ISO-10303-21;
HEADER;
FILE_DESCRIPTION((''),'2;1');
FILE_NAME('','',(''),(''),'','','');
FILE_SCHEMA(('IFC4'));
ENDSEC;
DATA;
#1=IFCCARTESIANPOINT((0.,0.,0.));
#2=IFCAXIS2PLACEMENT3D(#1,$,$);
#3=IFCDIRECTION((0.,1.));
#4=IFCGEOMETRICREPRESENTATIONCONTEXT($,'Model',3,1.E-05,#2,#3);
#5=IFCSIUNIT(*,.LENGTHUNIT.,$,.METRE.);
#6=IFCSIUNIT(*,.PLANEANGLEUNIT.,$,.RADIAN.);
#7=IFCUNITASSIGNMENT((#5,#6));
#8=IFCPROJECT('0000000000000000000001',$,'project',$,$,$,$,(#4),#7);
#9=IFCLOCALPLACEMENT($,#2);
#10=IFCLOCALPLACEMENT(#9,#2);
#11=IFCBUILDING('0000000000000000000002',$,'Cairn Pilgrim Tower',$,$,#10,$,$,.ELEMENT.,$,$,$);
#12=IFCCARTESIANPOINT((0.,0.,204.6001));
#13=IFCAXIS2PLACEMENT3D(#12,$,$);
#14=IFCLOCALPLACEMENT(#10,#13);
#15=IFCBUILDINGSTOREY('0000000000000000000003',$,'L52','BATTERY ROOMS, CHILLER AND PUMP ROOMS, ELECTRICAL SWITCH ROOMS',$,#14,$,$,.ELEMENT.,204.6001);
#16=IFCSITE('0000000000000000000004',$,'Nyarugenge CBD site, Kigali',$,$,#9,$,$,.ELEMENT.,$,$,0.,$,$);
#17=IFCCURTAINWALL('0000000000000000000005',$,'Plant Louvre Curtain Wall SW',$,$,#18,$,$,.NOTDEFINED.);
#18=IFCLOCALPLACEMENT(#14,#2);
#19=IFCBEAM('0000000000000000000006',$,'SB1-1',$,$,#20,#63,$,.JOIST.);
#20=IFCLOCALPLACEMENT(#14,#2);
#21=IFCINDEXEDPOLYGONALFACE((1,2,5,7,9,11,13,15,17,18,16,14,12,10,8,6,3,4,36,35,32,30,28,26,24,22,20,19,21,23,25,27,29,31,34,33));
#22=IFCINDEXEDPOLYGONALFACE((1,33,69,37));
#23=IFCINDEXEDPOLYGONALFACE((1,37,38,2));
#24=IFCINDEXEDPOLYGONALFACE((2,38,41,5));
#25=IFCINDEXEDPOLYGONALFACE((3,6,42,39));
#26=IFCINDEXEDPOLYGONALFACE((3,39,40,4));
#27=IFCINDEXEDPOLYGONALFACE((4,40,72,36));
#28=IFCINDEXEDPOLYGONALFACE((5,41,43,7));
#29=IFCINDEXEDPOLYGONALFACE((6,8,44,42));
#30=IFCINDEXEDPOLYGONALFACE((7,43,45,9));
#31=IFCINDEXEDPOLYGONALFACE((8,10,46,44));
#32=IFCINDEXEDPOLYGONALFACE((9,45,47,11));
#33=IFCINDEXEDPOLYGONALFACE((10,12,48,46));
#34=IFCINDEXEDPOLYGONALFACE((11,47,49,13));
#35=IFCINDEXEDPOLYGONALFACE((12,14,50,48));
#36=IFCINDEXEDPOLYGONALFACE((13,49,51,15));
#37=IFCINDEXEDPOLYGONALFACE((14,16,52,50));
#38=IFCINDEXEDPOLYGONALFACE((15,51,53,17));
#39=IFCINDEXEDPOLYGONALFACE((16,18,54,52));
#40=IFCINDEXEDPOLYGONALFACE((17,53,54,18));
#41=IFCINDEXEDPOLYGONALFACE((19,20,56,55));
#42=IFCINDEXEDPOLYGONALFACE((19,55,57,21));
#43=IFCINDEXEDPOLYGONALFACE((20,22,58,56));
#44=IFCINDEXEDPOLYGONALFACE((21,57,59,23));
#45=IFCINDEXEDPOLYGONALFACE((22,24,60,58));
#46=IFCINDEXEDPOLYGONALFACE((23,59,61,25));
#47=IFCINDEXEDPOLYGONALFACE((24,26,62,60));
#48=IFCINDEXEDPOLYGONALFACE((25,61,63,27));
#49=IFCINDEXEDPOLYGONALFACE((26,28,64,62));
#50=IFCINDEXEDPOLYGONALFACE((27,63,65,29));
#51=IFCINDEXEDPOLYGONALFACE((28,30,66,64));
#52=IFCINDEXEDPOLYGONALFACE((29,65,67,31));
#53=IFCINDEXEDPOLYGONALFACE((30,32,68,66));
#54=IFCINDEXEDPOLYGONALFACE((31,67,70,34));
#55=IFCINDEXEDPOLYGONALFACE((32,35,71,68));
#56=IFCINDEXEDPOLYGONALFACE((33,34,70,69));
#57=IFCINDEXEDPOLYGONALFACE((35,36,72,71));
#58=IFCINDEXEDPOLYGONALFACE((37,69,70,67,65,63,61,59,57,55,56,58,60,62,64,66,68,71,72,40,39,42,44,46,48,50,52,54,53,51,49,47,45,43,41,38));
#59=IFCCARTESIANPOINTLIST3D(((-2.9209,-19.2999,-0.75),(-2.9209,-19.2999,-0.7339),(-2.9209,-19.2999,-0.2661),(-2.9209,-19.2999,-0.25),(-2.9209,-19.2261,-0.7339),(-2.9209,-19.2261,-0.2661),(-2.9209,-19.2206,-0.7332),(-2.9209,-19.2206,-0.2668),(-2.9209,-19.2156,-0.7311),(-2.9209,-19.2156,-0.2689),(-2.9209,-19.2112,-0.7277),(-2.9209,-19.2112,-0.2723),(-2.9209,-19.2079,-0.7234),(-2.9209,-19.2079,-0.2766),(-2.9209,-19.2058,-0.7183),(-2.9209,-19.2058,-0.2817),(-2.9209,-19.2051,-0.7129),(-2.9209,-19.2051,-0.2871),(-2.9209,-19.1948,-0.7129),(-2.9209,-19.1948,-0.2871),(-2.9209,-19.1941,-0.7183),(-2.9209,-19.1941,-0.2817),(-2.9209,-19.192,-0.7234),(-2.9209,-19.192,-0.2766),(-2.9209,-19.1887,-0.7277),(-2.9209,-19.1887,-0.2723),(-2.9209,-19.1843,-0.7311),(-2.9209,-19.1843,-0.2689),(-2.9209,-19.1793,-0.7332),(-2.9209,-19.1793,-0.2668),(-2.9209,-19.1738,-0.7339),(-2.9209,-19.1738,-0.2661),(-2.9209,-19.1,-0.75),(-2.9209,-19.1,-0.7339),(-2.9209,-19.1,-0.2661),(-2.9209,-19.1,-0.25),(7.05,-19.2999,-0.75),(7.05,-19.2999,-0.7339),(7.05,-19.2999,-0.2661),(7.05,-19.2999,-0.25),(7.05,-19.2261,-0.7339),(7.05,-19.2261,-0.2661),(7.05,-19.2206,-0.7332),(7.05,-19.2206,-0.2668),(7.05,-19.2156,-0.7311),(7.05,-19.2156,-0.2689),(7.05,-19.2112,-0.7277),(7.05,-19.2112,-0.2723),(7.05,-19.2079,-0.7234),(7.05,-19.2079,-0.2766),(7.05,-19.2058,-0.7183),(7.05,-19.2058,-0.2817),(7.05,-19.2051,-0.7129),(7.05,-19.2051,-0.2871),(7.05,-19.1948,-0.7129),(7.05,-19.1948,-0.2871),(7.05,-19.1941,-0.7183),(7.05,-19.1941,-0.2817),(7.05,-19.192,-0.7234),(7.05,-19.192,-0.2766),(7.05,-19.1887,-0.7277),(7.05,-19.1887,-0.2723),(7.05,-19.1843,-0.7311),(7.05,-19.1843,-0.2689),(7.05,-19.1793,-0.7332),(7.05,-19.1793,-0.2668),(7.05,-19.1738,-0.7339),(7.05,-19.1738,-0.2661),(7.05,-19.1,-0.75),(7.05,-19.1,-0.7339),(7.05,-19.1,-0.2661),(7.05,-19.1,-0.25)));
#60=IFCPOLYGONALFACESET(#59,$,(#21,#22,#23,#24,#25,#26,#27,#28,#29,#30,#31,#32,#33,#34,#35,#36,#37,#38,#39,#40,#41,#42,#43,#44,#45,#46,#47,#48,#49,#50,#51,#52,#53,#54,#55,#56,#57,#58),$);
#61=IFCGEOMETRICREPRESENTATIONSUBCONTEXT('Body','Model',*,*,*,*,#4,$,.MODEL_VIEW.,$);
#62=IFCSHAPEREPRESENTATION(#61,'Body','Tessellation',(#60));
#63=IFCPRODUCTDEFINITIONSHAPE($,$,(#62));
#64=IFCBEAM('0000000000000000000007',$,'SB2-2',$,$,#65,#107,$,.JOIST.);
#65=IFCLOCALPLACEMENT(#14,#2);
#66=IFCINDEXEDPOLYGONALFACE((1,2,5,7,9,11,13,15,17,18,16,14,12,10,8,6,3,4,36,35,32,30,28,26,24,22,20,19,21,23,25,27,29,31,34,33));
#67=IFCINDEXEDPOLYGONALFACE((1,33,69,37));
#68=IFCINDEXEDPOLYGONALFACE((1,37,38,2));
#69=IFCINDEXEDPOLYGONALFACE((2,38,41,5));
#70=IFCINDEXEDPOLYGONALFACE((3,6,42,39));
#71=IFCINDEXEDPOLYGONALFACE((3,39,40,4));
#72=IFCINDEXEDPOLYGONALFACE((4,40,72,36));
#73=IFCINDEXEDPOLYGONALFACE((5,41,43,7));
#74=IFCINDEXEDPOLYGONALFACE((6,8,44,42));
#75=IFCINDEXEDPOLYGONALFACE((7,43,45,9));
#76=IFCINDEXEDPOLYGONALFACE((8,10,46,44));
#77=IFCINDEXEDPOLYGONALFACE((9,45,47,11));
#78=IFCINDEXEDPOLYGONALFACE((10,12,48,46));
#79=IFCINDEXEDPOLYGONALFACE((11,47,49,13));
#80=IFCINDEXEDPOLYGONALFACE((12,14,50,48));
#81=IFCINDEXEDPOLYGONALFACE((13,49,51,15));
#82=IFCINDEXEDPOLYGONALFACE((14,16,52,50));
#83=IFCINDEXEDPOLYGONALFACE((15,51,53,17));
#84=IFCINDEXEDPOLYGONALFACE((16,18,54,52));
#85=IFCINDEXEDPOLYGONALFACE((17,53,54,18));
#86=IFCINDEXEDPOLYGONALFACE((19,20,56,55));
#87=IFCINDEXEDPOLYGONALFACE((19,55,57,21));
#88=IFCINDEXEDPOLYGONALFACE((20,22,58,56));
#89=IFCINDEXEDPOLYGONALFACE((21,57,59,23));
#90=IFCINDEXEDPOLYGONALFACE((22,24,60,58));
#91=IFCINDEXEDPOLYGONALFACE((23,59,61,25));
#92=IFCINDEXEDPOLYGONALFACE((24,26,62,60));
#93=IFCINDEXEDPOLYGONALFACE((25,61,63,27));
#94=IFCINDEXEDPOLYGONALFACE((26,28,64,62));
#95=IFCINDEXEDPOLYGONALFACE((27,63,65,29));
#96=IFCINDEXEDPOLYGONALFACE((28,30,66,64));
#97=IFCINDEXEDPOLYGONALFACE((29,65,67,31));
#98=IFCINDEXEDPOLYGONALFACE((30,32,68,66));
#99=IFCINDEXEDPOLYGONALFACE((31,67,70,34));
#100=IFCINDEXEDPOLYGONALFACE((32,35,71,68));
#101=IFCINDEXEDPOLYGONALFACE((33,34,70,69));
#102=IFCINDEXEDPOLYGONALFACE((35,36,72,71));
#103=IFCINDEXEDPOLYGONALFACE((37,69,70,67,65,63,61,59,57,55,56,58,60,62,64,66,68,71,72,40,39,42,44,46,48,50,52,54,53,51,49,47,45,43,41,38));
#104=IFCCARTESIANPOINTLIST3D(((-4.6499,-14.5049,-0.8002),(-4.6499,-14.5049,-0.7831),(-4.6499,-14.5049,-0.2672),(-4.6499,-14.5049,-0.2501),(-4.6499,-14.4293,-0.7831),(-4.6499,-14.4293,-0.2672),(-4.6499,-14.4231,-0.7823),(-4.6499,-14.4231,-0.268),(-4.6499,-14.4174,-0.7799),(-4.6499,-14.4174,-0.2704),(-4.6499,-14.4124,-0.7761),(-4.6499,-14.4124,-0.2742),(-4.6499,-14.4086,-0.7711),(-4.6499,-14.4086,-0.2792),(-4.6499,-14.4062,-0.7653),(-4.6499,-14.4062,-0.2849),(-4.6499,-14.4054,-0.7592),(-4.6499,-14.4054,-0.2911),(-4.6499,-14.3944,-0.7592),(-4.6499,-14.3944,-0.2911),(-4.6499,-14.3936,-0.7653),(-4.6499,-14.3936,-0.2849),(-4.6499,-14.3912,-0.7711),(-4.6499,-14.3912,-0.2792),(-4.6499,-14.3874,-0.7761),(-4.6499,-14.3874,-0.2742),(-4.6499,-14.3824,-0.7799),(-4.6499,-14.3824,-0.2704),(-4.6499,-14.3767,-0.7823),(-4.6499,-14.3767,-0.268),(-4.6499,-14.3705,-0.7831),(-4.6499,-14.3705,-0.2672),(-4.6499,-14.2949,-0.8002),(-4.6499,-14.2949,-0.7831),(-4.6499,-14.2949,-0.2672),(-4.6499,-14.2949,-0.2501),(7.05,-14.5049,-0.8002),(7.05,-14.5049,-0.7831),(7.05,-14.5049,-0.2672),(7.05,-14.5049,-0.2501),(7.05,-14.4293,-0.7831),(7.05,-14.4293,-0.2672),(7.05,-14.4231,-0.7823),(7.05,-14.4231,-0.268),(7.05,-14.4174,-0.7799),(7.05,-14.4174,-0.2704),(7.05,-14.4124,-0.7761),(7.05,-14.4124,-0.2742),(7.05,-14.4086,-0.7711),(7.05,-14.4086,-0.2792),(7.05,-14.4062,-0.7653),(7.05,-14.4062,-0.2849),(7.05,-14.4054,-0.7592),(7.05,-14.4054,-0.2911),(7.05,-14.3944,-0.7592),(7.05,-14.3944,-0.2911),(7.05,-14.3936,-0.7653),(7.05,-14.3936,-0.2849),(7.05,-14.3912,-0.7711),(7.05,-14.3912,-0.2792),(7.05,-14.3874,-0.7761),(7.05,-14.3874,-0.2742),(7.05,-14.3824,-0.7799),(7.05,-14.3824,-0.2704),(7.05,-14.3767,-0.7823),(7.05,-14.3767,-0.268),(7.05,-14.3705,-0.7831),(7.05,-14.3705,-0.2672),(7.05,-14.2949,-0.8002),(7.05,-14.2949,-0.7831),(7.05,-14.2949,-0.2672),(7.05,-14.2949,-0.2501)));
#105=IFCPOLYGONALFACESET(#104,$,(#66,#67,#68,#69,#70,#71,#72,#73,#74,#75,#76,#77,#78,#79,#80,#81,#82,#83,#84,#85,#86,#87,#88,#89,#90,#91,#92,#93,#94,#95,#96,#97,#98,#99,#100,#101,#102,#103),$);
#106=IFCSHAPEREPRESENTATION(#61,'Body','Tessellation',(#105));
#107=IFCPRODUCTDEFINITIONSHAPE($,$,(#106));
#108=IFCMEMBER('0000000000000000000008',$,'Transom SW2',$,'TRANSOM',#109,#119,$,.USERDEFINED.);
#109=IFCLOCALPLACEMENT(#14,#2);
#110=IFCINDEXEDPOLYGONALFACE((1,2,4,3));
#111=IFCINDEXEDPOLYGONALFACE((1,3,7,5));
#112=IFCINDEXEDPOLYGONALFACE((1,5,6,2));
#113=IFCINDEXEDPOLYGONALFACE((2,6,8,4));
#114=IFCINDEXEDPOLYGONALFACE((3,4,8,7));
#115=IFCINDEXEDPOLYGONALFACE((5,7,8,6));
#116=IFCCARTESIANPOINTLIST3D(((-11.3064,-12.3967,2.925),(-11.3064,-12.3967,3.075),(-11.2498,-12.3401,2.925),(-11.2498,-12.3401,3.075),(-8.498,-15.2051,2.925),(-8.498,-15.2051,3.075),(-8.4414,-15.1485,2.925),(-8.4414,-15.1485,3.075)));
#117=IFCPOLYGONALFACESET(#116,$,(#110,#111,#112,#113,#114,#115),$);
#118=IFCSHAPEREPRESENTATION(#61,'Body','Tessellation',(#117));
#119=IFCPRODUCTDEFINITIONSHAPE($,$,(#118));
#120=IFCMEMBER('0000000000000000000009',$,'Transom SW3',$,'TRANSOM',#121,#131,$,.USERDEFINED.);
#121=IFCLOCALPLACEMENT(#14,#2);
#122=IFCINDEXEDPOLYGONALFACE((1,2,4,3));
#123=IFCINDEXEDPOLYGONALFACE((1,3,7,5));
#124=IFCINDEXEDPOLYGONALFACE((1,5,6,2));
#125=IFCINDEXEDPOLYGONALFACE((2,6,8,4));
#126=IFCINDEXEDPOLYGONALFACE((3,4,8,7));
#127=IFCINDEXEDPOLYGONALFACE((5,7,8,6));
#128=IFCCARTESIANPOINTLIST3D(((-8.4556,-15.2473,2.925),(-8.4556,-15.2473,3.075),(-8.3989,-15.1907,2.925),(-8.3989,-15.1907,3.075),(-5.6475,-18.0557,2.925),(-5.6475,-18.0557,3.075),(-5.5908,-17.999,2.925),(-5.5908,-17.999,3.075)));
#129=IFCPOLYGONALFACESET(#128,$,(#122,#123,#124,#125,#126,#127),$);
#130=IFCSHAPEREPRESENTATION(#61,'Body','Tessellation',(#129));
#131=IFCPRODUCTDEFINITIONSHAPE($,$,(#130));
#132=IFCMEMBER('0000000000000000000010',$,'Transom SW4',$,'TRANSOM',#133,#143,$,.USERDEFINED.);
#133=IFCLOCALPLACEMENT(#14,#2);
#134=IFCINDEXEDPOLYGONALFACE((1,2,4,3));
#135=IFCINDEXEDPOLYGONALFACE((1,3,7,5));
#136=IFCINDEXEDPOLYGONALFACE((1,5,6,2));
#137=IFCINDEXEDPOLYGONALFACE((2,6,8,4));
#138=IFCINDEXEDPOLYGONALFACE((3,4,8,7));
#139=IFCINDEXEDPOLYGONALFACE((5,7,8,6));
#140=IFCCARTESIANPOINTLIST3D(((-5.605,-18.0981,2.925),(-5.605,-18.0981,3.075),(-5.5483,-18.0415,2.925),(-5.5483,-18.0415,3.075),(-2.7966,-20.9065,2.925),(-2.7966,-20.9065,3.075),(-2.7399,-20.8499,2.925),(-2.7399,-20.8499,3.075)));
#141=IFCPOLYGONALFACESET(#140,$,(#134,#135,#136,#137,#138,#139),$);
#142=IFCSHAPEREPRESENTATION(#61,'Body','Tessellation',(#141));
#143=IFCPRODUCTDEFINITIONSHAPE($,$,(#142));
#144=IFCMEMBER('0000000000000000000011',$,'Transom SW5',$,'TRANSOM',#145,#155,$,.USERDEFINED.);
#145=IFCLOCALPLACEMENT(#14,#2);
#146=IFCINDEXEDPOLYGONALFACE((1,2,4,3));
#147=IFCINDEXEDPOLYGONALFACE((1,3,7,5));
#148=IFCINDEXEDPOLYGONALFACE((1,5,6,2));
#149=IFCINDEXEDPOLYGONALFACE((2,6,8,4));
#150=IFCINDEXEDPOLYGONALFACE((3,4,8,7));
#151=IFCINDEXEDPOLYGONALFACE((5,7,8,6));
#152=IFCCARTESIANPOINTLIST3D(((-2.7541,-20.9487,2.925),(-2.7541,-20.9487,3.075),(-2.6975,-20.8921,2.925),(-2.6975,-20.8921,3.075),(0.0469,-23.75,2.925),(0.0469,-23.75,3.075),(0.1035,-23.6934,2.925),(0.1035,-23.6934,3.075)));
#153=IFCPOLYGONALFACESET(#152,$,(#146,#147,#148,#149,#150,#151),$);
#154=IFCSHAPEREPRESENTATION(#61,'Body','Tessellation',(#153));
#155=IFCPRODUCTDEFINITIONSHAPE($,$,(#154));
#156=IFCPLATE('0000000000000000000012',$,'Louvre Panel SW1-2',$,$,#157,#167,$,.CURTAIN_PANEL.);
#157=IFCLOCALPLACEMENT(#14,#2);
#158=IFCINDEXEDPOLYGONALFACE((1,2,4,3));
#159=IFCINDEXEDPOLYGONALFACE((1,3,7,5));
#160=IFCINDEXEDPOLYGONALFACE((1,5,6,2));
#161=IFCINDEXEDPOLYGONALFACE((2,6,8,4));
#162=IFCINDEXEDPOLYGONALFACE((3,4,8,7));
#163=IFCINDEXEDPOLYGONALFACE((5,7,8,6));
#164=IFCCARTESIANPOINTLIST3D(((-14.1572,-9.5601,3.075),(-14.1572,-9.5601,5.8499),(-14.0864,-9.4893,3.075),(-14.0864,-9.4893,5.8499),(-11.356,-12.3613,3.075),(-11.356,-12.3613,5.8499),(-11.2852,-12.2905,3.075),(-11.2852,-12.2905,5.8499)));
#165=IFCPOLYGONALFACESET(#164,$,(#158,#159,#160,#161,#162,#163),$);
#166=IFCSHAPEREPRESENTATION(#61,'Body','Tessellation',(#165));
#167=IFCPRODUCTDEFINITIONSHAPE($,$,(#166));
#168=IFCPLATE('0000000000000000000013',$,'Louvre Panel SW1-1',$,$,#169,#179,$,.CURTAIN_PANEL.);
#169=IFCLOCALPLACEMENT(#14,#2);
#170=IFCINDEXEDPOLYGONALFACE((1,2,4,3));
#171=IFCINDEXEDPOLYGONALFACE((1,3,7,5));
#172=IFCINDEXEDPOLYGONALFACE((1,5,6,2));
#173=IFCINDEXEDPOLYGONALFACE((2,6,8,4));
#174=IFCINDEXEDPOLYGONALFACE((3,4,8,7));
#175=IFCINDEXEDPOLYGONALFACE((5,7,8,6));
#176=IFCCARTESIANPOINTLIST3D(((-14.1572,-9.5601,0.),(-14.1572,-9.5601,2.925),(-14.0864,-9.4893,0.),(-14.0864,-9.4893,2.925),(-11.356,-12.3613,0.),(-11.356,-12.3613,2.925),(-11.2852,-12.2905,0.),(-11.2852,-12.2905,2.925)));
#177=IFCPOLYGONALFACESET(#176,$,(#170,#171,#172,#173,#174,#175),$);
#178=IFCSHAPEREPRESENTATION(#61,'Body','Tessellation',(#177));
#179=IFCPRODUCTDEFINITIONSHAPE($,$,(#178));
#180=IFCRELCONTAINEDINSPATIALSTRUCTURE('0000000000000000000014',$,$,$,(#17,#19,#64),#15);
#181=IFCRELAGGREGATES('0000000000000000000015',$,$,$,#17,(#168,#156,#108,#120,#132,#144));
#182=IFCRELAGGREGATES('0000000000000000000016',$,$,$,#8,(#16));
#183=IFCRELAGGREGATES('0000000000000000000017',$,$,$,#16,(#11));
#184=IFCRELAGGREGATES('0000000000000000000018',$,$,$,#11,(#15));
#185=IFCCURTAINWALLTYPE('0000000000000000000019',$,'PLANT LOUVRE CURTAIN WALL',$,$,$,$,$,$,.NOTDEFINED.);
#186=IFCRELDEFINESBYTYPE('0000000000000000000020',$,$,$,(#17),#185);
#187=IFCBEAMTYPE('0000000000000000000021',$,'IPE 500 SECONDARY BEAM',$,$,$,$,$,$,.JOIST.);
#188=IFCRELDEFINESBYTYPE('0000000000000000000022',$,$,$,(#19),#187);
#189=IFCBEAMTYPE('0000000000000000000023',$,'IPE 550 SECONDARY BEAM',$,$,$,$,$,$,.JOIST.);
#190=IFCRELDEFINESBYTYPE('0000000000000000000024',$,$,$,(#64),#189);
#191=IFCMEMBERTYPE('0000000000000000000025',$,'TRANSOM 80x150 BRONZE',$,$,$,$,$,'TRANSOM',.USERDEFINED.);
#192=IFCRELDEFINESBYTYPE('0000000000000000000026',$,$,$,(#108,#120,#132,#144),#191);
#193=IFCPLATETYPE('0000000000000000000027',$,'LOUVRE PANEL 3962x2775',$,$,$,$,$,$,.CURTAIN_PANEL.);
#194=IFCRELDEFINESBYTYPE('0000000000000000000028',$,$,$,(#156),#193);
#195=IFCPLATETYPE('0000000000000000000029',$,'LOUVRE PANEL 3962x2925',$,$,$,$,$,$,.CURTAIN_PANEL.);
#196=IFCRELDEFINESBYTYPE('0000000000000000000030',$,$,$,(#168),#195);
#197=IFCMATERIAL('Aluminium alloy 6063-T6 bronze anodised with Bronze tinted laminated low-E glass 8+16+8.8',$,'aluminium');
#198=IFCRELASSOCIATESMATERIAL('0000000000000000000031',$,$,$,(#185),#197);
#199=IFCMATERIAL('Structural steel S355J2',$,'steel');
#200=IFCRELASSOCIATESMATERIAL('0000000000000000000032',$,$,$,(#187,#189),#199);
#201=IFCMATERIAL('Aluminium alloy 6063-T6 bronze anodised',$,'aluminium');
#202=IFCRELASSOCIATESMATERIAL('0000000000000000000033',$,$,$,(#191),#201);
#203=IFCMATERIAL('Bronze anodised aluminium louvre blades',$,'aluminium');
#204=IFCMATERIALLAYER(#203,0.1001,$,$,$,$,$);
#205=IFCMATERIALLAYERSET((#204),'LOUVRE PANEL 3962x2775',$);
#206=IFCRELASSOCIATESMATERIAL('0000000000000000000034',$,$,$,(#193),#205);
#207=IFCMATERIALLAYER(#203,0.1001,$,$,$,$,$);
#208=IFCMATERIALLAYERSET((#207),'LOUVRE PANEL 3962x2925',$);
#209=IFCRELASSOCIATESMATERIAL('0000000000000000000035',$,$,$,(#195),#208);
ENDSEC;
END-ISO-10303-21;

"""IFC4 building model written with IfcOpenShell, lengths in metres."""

from ifc_helpers import new_model, si_unit, direction, frame, origin, origin_2d, place, context, subcontext, project, spatial, rectangle, i_section, extrude, material, layer, layer_set, material_profile, profile_set, type_object, element, aggregate, save


model = new_model("IFC4")

# Units and contexts
model_context = context("Model", 3, precision=1e-05, world=origin(), true_north=direction((0.0, 1.0)))
body_context = subcontext(model_context, "Body", "Model", "MODEL_VIEW")
ifc_project = project(units=[si_unit("LENGTHUNIT", "METRE"), si_unit("PLANEANGLEUNIT", "RADIAN")], contexts=[model_context])

# Site, building, storey
site_placement = place(None, origin())
site = spatial("IfcSite", under=ifc_project, at=site_placement, Name="Nyarugenge CBD site, Kigali", CompositionType="ELEMENT", RefElevation=0.0)
building_placement = place(site_placement, origin())
building = spatial("IfcBuilding", under=site, at=building_placement, Name="Cairn Pilgrim Tower", CompositionType="ELEMENT")
storey_placement = place(building_placement, frame((0.0, 0.0, 204.6001)))
storey = spatial("IfcBuildingStorey", under=building, at=storey_placement, Name="L52", Description="BATTERY ROOMS, CHILLER AND PUMP ROOMS, ELECTRICAL SWITCH ROOMS", CompositionType="ELEMENT", Elevation=204.6001)

# Curtain wall
ifc_material_1 = material(Name="Aluminium alloy 6063-T6 bronze anodised with Bronze tinted laminated low-E glass 8+16+8.8", Category="aluminium")
curtain_wall_type = type_object("IfcCurtainWallType", Name="PLANT LOUVRE CURTAIN WALL", PredefinedType="NOTDEFINED", material=ifc_material_1)
curtain_wall_placement = place(storey_placement, origin())
curtain_wall = element("IfcCurtainWall", 1, at=curtain_wall_placement, inside=storey, type_object=curtain_wall_type, Name="Plant Louvre Curtain Wall SW", PredefinedType="NOTDEFINED")
ifc_material_2 = material(Name="Aluminium alloy 6063-T6 bronze anodised", Category="aluminium")

# Beams
ifc_material_3 = material(Name="Structural steel S355J2", Category="steel")
ifc_material_profile_1 = material_profile(ifc_material_3, i_section(OverallWidth=0.2, OverallDepth=0.5, WebThickness=0.0103, FlangeThickness=0.0161, FilletRadius=0.021, at=origin_2d()), Name="IPE 500")
ifc_profile_set_1 = profile_set([ifc_material_profile_1], Name="Structural steel S355J2")
beam_type_1 = type_object("IfcBeamType", Name="IPE 500 SECONDARY BEAM", PredefinedType="JOIST", material=ifc_profile_set_1)
beam_1_placement = place(storey_placement, frame((-2.9209, -19.2, -0.5), z_axis=(1.0, 0.0, 0.0), x_axis=(0.0, 1.0, 0.0)))
element("IfcBeam", 2, at=beam_1_placement, inside=storey, type_object=beam_type_1, Name="SB1-1", PredefinedType="JOIST", context=body_context, shape_type="SweptSolid", body=[
    extrude(i_section(OverallWidth=0.2, OverallDepth=0.5, WebThickness=0.0103, FlangeThickness=0.0161, FilletRadius=0.021, at=origin_2d()), origin(), (0.0, 0.0, 1.0), 9.9709),
])
ifc_material_profile_2 = material_profile(ifc_material_3, i_section(OverallWidth=0.21, OverallDepth=0.55, WebThickness=0.011, FlangeThickness=0.0171, FilletRadius=0.0239, at=origin_2d()), Name="IPE 550")
ifc_profile_set_2 = profile_set([ifc_material_profile_2], Name="Structural steel S355J2")
beam_type_2 = type_object("IfcBeamType", Name="IPE 550 SECONDARY BEAM", PredefinedType="JOIST", material=ifc_profile_set_2)
beam_2_placement = place(storey_placement, frame((-4.6499, -14.3999, -0.5251), z_axis=(1.0, 0.0, 0.0), x_axis=(0.0, 1.0, 0.0)))
element("IfcBeam", 3, at=beam_2_placement, inside=storey, type_object=beam_type_2, Name="SB2-2", PredefinedType="JOIST", context=body_context, shape_type="SweptSolid", body=[
    extrude(i_section(OverallWidth=0.21, OverallDepth=0.55, WebThickness=0.011, FlangeThickness=0.0171, FilletRadius=0.0239, at=origin_2d()), origin(), (0.0, 0.0, 1.0), 11.7),
])

# Members
ifc_material_profile_3 = material_profile(ifc_material_2, rectangle(XDim=0.0801, YDim=0.1499, at=origin_2d()), Name="TRANSOM 80x150 BRONZE")
ifc_profile_set_3 = profile_set([ifc_material_profile_3], Name="Aluminium alloy 6063-T6 bronze anodised")
member_type_1 = type_object("IfcMemberType", Name="TRANSOM 80x150 BRONZE", ElementType="TRANSOM", PredefinedType="USERDEFINED", material=ifc_profile_set_3)
member_1_placement = place(storey_placement, frame((-11.2781, -12.3684, 3.0), z_axis=(0.707107, -0.707107, 0.0), x_axis=(0.707107, 0.707107, 0.0)))
member_1 = element("IfcMember", 4, at=member_1_placement, type_object=member_type_1, Name="Transom SW2", ObjectType="TRANSOM", PredefinedType="USERDEFINED", context=body_context, shape_type="SweptSolid", body=[
    extrude(rectangle(XDim=0.0801, YDim=0.1499, at=origin_2d()), origin(), (0.0, 0.0, 1.0), 3.9717),
])
member_2_placement = place(storey_placement, frame((-8.4272, -15.219, 3.0), z_axis=(0.707076, -0.707138, 0.0), x_axis=(0.707138, 0.707076, 0.0)))
member_2 = element("IfcMember", 5, at=member_2_placement, type_object=member_type_1, Name="Transom SW3", ObjectType="TRANSOM", PredefinedType="USERDEFINED", context=body_context, shape_type="SweptSolid", body=[
    extrude(rectangle(XDim=0.0801, YDim=0.1499, at=origin_2d()), origin(), (0.0, 0.0, 1.0), 3.9714),
])
member_3_placement = place(storey_placement, frame((-5.5767, -18.0698, 3.0), z_axis=(0.707107, -0.707107, 0.0), x_axis=(0.707107, 0.707107, 0.0)))
member_3 = element("IfcMember", 6, at=member_3_placement, type_object=member_type_1, Name="Transom SW4", ObjectType="TRANSOM", PredefinedType="USERDEFINED", context=body_context, shape_type="SweptSolid", body=[
    extrude(rectangle(XDim=0.0801, YDim=0.1499, at=origin_2d()), origin(), (0.0, 0.0, 1.0), 3.9717),
])
member_4_placement = place(storey_placement, frame((-2.7258, -20.9204, 3.0), z_axis=(0.707076, -0.707138, 0.0), x_axis=(0.707138, 0.707076, 0.0)))
member_4 = element("IfcMember", 7, at=member_4_placement, type_object=member_type_1, Name="Transom SW5", ObjectType="TRANSOM", PredefinedType="USERDEFINED", context=body_context, shape_type="SweptSolid", body=[
    extrude(rectangle(XDim=0.0801, YDim=0.1499, at=origin_2d()), origin(), (0.0, 0.0, 1.0), 3.9614),
])

# Plates
ifc_material_4 = material(Name="Bronze anodised aluminium louvre blades", Category="aluminium")
ifc_layer_1 = layer(ifc_material_4, 0.1001)
ifc_layer_set_1 = layer_set([ifc_layer_1], Name="LOUVRE PANEL 3962x2775")
plate_type_1 = type_object("IfcPlateType", Name="LOUVRE PANEL 3962x2775", PredefinedType="CURTAIN_PANEL", material=ifc_layer_set_1)
plate_1_placement = place(storey_placement, frame((-12.7212, -10.9253, 3.075), z_axis=(0.0, 0.0, 1.0), x_axis=(0.707107, -0.707107, 0.0)))
plate_1 = element("IfcPlate", 8, at=plate_1_placement, type_object=plate_type_1, Name="Louvre Panel SW1-2", PredefinedType="CURTAIN_PANEL", context=body_context, shape_type="SweptSolid", body=[
    extrude(rectangle(XDim=3.9614, YDim=0.1001, at=origin_2d()), origin(), (0.0, 0.0, 1.0), 2.7749),
])
ifc_layer_2 = layer(ifc_material_4, 0.1001)
ifc_layer_set_2 = layer_set([ifc_layer_2], Name="LOUVRE PANEL 3962x2925")
plate_type_2 = type_object("IfcPlateType", Name="LOUVRE PANEL 3962x2925", PredefinedType="CURTAIN_PANEL", material=ifc_layer_set_2)
plate_2_placement = place(storey_placement, frame((-12.7212, -10.9253, 0.0), z_axis=(0.0, 0.0, 1.0), x_axis=(0.707107, -0.707107, 0.0)))
plate_2 = element("IfcPlate", 9, at=plate_2_placement, type_object=plate_type_2, Name="Louvre Panel SW1-1", PredefinedType="CURTAIN_PANEL", context=body_context, shape_type="SweptSolid", body=[
    extrude(rectangle(XDim=3.9614, YDim=0.1001, at=origin_2d()), origin(), (0.0, 0.0, 1.0), 2.925),
])
aggregate(curtain_wall, [plate_2, plate_1, member_1, member_2, member_3, member_4])

save(model, "model.ifc")
